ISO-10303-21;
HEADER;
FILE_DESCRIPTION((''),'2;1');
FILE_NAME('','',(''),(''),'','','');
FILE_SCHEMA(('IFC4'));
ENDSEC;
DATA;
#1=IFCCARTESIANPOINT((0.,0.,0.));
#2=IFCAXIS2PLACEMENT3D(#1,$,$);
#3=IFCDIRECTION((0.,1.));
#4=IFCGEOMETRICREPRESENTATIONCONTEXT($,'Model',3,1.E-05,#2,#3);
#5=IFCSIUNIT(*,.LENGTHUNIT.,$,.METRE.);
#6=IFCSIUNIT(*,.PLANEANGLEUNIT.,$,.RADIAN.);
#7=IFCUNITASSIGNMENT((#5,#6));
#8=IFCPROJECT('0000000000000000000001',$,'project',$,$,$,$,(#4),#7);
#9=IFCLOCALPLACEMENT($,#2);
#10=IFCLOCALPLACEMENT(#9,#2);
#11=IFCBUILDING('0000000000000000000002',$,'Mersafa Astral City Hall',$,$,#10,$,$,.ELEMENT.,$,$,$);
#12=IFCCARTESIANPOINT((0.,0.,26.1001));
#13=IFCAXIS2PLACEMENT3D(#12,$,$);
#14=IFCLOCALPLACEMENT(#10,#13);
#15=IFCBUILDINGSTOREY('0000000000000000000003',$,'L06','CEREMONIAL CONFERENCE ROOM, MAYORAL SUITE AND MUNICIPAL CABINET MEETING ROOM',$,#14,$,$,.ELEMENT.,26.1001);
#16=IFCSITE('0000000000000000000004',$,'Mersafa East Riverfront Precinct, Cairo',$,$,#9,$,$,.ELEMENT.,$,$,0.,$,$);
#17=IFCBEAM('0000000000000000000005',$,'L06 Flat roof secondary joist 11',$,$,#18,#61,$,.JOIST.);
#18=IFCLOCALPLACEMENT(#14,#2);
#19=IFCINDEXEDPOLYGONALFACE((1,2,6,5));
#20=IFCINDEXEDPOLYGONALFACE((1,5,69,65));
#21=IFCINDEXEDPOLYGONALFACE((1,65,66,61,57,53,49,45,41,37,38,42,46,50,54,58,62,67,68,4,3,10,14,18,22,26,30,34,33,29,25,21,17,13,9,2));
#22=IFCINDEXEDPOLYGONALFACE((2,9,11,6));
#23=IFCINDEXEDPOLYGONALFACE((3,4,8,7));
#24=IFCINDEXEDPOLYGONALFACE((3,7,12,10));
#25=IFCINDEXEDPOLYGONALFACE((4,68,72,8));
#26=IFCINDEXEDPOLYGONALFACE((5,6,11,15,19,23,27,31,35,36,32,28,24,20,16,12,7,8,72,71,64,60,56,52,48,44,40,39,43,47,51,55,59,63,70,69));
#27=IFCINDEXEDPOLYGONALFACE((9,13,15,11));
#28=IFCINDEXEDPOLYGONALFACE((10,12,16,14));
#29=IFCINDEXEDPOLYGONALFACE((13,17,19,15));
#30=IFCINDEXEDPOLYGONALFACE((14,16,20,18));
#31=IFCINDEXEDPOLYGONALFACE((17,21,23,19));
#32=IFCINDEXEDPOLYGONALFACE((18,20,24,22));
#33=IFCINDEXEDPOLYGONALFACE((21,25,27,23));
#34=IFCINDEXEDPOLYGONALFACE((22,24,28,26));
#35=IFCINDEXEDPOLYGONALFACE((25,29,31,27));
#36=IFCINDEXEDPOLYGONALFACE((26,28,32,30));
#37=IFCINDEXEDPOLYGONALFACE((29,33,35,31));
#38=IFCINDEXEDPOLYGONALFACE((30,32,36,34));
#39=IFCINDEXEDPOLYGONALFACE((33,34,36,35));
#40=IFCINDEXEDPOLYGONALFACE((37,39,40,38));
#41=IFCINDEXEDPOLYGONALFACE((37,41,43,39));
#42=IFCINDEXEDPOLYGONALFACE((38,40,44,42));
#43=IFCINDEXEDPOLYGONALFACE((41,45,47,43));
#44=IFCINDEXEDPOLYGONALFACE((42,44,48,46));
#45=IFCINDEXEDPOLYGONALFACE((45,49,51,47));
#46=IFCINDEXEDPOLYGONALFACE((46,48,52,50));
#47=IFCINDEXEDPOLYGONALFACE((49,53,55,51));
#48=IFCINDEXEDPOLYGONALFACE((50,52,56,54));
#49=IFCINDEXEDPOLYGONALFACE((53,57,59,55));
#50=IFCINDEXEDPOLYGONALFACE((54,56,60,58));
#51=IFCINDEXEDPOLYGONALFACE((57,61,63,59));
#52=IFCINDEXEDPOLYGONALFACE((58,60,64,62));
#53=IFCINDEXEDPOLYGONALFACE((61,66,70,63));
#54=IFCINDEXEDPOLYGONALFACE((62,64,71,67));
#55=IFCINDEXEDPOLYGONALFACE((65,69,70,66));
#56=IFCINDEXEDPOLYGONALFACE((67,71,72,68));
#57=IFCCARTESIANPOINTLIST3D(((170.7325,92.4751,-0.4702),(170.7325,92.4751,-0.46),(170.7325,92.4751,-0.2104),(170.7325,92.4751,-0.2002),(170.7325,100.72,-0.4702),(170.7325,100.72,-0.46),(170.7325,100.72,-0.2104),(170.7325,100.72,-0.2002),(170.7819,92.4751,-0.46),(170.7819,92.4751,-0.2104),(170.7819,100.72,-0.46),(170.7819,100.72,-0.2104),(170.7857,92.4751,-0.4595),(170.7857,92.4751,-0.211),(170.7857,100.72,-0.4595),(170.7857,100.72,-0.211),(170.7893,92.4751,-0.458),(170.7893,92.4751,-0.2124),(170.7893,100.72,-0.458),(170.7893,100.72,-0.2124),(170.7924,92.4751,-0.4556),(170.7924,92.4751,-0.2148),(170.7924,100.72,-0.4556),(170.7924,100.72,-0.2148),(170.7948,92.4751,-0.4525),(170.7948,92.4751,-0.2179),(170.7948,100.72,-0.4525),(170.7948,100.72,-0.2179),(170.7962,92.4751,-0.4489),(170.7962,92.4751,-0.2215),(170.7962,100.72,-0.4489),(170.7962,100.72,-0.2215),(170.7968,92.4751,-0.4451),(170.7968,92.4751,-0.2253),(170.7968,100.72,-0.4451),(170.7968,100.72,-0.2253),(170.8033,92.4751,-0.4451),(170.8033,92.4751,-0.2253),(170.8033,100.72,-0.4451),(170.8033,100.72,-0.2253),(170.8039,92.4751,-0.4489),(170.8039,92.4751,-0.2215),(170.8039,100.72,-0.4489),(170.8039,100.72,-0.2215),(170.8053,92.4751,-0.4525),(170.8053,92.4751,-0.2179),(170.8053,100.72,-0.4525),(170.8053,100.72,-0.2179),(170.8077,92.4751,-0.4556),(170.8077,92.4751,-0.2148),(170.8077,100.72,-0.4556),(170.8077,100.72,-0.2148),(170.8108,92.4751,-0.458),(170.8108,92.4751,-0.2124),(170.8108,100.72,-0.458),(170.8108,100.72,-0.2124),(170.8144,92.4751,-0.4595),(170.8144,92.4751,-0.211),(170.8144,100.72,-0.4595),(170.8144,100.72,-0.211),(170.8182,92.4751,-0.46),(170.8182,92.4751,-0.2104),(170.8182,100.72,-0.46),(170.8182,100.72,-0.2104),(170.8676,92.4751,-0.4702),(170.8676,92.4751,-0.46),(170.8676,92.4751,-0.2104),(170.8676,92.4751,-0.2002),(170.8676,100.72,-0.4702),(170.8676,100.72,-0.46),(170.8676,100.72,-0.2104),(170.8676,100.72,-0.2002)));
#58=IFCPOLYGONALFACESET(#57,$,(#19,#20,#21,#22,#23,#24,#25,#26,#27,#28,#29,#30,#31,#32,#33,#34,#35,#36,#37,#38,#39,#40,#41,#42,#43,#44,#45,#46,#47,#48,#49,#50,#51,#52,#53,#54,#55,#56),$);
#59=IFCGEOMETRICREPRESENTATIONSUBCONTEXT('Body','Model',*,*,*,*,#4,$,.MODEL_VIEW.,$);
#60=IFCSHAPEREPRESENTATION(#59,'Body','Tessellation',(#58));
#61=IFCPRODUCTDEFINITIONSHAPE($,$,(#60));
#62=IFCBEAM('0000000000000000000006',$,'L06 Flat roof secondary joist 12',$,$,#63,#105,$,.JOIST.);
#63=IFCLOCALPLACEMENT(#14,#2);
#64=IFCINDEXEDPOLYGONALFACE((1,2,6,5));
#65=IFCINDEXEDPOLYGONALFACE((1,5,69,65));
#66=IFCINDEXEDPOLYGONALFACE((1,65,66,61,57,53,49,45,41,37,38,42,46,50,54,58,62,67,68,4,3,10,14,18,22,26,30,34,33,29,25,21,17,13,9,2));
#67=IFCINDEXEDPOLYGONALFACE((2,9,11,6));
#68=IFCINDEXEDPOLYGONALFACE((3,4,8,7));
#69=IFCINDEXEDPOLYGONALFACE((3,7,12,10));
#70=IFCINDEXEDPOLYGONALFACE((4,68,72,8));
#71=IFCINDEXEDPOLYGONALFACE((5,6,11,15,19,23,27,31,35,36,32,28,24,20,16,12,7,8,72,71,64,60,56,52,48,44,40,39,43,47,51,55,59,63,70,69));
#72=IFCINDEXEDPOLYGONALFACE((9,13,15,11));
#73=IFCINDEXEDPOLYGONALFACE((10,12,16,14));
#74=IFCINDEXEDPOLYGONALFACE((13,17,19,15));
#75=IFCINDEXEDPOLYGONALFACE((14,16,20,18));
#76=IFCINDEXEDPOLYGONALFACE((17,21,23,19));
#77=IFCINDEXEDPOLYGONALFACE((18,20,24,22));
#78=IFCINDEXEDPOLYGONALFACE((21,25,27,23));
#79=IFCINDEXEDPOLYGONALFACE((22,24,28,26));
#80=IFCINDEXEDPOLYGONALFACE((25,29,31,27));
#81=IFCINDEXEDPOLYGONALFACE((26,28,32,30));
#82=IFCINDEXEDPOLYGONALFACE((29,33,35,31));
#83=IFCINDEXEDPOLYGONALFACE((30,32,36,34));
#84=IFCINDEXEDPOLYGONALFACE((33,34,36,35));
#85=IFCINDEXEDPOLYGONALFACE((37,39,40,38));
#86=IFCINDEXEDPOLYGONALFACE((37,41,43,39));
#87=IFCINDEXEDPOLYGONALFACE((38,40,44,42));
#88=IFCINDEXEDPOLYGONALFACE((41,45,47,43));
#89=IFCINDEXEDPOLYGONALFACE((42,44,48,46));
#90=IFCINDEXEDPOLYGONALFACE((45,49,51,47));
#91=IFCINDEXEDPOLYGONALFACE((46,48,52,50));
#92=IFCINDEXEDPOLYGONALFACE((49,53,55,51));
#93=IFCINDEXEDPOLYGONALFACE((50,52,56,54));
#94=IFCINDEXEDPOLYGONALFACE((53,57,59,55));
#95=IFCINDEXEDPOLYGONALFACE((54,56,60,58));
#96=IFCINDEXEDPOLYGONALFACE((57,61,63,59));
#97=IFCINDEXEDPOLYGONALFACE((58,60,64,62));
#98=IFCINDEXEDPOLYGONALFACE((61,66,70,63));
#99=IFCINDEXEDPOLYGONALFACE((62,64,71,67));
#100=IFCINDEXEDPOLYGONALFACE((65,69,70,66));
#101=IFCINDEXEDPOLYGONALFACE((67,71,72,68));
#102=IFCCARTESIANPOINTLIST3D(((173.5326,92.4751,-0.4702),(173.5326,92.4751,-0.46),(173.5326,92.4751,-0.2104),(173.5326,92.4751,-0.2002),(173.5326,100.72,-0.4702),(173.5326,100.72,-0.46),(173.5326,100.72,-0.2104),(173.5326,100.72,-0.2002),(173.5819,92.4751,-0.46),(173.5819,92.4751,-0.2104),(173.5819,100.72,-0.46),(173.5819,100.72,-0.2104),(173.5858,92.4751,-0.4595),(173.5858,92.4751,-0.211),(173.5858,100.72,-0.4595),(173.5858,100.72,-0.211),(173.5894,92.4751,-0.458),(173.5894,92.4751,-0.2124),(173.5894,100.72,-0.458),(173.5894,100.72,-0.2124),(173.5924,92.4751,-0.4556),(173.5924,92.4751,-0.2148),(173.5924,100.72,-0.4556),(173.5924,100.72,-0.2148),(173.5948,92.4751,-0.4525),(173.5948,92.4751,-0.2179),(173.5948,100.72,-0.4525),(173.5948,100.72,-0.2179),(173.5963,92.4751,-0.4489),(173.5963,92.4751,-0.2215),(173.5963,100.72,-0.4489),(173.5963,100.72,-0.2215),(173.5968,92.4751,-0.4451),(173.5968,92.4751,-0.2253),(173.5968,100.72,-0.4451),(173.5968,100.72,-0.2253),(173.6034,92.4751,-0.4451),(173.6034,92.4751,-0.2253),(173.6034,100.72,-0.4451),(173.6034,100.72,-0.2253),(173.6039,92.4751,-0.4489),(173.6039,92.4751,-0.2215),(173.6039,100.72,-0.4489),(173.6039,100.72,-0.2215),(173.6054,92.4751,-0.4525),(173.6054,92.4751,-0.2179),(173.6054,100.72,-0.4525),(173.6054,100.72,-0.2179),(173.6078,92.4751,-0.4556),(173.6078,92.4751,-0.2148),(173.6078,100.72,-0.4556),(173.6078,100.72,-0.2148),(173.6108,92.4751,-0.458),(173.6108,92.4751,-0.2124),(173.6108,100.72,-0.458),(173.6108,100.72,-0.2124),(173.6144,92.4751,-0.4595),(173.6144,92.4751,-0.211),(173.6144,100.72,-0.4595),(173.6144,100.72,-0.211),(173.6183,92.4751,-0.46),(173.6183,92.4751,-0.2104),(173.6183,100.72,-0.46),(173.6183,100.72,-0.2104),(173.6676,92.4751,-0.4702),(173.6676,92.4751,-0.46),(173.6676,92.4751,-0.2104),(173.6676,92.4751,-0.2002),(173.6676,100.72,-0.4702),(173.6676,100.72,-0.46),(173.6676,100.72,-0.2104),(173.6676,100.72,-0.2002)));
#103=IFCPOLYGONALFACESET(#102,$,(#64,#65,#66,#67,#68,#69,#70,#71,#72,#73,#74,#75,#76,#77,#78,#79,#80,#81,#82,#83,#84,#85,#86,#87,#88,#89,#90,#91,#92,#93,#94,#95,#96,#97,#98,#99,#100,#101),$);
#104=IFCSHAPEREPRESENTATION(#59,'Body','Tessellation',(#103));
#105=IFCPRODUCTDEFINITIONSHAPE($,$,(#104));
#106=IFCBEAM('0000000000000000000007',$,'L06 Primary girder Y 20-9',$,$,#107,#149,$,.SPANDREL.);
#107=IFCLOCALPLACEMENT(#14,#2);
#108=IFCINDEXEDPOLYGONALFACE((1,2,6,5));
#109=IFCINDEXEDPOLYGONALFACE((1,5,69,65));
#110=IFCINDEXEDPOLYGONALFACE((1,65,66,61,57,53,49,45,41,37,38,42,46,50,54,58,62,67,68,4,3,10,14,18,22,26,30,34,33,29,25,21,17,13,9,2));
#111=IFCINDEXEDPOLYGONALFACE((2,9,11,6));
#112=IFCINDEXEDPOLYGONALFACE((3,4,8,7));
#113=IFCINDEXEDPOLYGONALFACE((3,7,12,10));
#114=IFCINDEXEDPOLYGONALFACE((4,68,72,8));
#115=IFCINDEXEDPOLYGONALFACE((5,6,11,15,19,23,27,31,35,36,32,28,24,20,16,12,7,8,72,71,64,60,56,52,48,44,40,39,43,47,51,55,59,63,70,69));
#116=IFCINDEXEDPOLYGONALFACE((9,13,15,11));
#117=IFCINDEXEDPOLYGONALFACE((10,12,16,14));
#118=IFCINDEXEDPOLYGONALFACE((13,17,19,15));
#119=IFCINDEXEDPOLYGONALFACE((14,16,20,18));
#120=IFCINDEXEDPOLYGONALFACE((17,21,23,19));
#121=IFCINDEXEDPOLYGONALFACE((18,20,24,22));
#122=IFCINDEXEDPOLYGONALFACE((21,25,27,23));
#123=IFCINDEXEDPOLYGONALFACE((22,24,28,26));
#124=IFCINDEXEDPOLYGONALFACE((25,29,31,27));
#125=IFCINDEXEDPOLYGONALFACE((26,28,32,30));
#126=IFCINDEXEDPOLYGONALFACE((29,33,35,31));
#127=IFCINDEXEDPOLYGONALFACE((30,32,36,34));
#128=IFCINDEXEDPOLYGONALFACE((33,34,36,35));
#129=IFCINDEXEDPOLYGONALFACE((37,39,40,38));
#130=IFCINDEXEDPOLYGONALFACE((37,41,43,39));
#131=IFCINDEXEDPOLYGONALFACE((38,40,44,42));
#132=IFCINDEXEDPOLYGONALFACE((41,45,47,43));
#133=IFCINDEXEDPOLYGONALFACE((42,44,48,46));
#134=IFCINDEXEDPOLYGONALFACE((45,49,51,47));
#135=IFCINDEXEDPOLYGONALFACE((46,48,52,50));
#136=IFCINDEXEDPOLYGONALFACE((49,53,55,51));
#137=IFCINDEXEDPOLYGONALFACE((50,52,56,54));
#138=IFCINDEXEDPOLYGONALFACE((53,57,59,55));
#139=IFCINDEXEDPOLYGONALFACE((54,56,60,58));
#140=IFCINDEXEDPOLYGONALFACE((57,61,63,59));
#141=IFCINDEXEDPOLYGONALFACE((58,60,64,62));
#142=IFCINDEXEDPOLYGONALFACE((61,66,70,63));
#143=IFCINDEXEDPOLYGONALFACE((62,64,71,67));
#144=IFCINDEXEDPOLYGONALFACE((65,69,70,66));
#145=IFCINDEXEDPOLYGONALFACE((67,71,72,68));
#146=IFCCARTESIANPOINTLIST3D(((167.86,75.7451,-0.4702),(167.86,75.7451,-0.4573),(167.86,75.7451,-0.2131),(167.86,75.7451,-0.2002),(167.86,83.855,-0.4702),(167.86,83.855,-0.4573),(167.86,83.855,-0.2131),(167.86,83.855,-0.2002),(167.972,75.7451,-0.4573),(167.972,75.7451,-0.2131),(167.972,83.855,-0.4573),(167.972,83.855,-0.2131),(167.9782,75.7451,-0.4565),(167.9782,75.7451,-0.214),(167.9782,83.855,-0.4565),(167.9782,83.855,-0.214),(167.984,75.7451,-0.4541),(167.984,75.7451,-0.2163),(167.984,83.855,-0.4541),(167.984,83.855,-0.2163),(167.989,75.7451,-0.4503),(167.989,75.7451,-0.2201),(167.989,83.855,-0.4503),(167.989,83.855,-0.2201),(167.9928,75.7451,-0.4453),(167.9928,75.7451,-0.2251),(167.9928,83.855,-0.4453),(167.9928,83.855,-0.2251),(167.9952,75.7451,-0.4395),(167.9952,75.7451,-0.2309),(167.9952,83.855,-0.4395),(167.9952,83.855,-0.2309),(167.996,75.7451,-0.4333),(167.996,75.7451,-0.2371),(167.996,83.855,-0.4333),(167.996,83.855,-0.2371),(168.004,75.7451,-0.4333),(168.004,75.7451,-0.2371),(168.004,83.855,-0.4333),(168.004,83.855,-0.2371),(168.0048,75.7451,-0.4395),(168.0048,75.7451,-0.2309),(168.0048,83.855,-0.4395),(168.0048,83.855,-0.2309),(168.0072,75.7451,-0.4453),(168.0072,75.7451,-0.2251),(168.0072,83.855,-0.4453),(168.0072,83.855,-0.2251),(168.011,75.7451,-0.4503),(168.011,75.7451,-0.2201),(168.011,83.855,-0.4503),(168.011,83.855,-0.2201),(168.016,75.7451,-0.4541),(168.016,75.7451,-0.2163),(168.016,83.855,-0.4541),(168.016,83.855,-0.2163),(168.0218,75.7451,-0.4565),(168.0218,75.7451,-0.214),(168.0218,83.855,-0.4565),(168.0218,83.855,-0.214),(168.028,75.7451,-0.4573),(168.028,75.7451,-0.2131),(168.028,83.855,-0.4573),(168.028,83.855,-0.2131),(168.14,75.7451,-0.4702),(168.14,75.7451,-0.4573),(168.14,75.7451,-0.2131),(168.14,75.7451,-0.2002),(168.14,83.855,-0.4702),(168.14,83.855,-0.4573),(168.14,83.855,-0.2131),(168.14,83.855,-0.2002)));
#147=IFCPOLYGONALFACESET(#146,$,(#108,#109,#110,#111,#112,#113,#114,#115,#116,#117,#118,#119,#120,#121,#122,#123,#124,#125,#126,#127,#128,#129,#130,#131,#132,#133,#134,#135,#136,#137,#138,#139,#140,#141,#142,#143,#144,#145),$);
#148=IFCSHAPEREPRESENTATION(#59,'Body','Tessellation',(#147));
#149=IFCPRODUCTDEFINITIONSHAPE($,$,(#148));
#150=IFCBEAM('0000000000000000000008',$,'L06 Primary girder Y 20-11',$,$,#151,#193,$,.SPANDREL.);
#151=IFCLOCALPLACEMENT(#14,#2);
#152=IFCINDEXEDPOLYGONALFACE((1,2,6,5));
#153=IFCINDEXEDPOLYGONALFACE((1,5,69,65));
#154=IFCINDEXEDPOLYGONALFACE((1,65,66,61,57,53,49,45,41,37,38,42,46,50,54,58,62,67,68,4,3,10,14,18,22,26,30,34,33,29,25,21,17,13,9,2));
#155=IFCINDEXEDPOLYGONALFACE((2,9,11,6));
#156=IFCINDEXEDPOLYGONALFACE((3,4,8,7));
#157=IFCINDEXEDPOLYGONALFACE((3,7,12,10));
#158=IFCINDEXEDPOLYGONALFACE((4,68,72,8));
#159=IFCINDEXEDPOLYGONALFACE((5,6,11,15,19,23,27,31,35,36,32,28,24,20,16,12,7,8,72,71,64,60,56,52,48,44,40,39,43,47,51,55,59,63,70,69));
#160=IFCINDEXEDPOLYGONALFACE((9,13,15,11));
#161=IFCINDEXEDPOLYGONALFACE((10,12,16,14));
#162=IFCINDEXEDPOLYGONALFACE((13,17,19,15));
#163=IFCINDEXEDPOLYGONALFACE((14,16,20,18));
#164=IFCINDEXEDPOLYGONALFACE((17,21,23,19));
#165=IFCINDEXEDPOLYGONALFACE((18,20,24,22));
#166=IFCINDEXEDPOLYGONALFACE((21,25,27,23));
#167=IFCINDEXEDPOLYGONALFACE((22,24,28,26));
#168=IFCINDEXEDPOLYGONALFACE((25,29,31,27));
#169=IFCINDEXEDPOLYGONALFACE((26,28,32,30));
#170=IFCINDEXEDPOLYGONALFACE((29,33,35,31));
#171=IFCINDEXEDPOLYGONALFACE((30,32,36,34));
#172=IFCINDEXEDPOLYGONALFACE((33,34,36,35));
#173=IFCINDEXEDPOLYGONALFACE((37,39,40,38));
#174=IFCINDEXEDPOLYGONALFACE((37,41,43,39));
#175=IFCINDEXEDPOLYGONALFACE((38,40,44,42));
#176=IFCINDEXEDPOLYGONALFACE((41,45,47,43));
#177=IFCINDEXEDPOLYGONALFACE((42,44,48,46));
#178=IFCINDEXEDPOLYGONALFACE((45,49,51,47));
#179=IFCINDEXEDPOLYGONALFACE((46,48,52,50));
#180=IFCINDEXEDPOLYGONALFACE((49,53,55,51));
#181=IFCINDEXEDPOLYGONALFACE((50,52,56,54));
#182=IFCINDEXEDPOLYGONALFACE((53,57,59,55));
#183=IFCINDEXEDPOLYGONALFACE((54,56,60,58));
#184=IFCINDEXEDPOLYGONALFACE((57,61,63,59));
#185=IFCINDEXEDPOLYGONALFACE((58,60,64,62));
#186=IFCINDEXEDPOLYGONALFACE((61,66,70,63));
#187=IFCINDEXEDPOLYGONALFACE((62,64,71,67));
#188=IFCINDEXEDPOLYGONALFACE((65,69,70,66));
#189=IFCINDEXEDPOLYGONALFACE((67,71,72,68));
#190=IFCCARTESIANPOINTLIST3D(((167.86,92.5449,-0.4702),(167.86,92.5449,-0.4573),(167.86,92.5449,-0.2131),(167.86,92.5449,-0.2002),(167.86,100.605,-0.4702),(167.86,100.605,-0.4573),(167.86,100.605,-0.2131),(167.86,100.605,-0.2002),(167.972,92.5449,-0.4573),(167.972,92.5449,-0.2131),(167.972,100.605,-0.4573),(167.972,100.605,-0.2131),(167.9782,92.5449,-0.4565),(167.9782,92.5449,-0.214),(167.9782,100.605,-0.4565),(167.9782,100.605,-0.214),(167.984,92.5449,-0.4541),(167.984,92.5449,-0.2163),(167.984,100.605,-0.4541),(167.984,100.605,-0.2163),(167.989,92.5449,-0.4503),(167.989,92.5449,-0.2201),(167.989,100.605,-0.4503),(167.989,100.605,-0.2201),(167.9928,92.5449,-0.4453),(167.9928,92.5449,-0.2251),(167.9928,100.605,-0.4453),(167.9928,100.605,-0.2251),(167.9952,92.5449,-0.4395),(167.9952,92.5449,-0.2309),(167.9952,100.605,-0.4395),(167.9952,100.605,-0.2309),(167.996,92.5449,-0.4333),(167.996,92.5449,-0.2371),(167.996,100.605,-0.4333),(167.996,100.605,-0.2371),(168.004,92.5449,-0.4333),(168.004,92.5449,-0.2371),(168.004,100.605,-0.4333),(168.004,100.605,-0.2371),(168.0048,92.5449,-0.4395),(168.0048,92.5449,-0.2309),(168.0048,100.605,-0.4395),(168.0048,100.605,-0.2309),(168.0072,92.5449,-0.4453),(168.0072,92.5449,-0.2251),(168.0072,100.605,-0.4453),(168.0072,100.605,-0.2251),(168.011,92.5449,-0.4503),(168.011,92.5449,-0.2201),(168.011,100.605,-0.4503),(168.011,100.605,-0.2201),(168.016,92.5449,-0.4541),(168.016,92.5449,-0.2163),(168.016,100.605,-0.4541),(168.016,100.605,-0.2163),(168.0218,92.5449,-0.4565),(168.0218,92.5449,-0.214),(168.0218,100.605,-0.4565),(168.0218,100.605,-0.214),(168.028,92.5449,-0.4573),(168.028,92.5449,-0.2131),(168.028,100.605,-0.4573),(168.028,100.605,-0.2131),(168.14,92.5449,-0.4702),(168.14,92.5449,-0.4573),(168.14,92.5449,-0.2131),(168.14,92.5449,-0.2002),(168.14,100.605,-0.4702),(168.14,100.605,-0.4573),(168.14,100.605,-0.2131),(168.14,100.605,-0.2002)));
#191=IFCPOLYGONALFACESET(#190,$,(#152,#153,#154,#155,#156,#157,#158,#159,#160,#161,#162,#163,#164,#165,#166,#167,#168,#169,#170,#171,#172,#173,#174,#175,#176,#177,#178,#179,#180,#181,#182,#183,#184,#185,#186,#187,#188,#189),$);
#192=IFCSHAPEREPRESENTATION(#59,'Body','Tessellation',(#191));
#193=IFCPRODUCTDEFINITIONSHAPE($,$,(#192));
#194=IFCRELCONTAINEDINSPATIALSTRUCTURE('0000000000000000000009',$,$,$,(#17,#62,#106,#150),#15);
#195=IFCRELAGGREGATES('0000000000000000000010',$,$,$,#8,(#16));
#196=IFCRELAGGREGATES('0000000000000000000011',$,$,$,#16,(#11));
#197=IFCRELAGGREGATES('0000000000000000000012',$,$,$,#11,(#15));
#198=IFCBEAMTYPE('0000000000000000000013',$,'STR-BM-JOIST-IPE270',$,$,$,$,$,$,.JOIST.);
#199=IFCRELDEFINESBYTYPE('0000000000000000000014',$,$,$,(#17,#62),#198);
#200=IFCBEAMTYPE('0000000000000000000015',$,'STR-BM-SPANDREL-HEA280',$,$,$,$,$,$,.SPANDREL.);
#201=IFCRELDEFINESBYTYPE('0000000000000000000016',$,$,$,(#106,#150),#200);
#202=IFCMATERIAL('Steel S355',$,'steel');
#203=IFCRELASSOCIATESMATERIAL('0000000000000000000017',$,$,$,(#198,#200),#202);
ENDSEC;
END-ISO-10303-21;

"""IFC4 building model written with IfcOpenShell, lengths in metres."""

from ifc_helpers import new_model, si_unit, direction, frame, origin, origin_2d, place, context, subcontext, project, spatial, i_section, extrude, material, material_profile, profile_set, type_object, element, save


model = new_model("IFC4")

# Units and contexts
model_context = context("Model", 3, precision=1e-05, world=origin(), true_north=direction((0.0, 1.0)))
body_context = subcontext(model_context, "Body", "Model", "MODEL_VIEW")
ifc_project = project(units=[si_unit("LENGTHUNIT", "METRE"), si_unit("PLANEANGLEUNIT", "RADIAN")], contexts=[model_context])

# Site, building, storey
site_placement = place(None, origin())
site = spatial("IfcSite", under=ifc_project, at=site_placement, Name="Mersafa East Riverfront Precinct, Cairo", CompositionType="ELEMENT", RefElevation=0.0)
building_placement = place(site_placement, origin())
building = spatial("IfcBuilding", under=site, at=building_placement, Name="Mersafa Astral City Hall", CompositionType="ELEMENT")
storey_placement = place(building_placement, frame((0.0, 0.0, 26.1001)))
storey = spatial("IfcBuildingStorey", under=building, at=storey_placement, Name="L06", Description="CEREMONIAL CONFERENCE ROOM, MAYORAL SUITE AND MUNICIPAL CABINET MEETING ROOM", CompositionType="ELEMENT", Elevation=26.1001)

# Beams
ifc_material_1 = material(Name="Steel S355", Category="steel")
ifc_material_profile_1 = material_profile(ifc_material_1, i_section(OverallWidth=0.135, OverallDepth=0.27, WebThickness=0.0066, FlangeThickness=0.0103, FilletRadius=0.0149, at=origin_2d()), Name="IPE 270")
ifc_profile_set_1 = profile_set([ifc_material_profile_1], Name="Steel S355")
beam_type_1 = type_object("IfcBeamType", Name="STR-BM-JOIST-IPE270", PredefinedType="JOIST", material=ifc_profile_set_1)
for number, where, z_axis, x_axis, name in (
    (1, (170.8, 92.4751, -0.3352), (0.0, 1.0, 0.0), (-1.0, 0.0, 0.0), "L06 Flat roof secondary joist 11"),
    (2, (173.6001, 92.4751, -0.3352), (0.0, 1.0, 0.0), (-1.0, 0.0, 0.0), "L06 Flat roof secondary joist 12"),
):
    element("IfcBeam", number, at=place(storey_placement, frame(where, z_axis=z_axis, x_axis=x_axis)), inside=storey, type_object=beam_type_1, Name=name, PredefinedType="JOIST", context=body_context, shape_type="SweptSolid", body=[
        extrude(i_section(OverallWidth=0.135, OverallDepth=0.27, WebThickness=0.0066, FlangeThickness=0.0103, FilletRadius=0.0149, at=origin_2d()), origin(), (0.0, 0.0, 1.0), 8.2449),
    ])
ifc_material_profile_2 = material_profile(ifc_material_1, i_section(OverallWidth=0.28, OverallDepth=0.27, WebThickness=0.0081, FlangeThickness=0.0129, FilletRadius=0.0239, at=origin_2d()), Name="HEA 280")
ifc_profile_set_2 = profile_set([ifc_material_profile_2], Name="Steel S355")
beam_type_2 = type_object("IfcBeamType", Name="STR-BM-SPANDREL-HEA280", PredefinedType="SPANDREL", material=ifc_profile_set_2)
beam_1_placement = place(storey_placement, frame((168.0, 75.7451, -0.3352), z_axis=(0.0, 1.0, 0.0), x_axis=(-1.0, 0.0, 0.0)))
element("IfcBeam", 3, at=beam_1_placement, inside=storey, type_object=beam_type_2, Name="L06 Primary girder Y 20-9", PredefinedType="SPANDREL", context=body_context, shape_type="SweptSolid", body=[
    extrude(i_section(OverallWidth=0.28, OverallDepth=0.27, WebThickness=0.0081, FlangeThickness=0.0129, FilletRadius=0.0239, at=origin_2d()), origin(), (0.0, 0.0, 1.0), 8.1099),
])
beam_2_placement = place(storey_placement, frame((168.0, 92.5449, -0.3352), z_axis=(0.0, 1.0, 0.0), x_axis=(-1.0, 0.0, 0.0)))
element("IfcBeam", 4, at=beam_2_placement, inside=storey, type_object=beam_type_2, Name="L06 Primary girder Y 20-11", PredefinedType="SPANDREL", context=body_context, shape_type="SweptSolid", body=[
    extrude(i_section(OverallWidth=0.28, OverallDepth=0.27, WebThickness=0.0081, FlangeThickness=0.0129, FilletRadius=0.0239, at=origin_2d()), origin(), (0.0, 0.0, 1.0), 8.0601),
])

save(model, "model.ifc")
